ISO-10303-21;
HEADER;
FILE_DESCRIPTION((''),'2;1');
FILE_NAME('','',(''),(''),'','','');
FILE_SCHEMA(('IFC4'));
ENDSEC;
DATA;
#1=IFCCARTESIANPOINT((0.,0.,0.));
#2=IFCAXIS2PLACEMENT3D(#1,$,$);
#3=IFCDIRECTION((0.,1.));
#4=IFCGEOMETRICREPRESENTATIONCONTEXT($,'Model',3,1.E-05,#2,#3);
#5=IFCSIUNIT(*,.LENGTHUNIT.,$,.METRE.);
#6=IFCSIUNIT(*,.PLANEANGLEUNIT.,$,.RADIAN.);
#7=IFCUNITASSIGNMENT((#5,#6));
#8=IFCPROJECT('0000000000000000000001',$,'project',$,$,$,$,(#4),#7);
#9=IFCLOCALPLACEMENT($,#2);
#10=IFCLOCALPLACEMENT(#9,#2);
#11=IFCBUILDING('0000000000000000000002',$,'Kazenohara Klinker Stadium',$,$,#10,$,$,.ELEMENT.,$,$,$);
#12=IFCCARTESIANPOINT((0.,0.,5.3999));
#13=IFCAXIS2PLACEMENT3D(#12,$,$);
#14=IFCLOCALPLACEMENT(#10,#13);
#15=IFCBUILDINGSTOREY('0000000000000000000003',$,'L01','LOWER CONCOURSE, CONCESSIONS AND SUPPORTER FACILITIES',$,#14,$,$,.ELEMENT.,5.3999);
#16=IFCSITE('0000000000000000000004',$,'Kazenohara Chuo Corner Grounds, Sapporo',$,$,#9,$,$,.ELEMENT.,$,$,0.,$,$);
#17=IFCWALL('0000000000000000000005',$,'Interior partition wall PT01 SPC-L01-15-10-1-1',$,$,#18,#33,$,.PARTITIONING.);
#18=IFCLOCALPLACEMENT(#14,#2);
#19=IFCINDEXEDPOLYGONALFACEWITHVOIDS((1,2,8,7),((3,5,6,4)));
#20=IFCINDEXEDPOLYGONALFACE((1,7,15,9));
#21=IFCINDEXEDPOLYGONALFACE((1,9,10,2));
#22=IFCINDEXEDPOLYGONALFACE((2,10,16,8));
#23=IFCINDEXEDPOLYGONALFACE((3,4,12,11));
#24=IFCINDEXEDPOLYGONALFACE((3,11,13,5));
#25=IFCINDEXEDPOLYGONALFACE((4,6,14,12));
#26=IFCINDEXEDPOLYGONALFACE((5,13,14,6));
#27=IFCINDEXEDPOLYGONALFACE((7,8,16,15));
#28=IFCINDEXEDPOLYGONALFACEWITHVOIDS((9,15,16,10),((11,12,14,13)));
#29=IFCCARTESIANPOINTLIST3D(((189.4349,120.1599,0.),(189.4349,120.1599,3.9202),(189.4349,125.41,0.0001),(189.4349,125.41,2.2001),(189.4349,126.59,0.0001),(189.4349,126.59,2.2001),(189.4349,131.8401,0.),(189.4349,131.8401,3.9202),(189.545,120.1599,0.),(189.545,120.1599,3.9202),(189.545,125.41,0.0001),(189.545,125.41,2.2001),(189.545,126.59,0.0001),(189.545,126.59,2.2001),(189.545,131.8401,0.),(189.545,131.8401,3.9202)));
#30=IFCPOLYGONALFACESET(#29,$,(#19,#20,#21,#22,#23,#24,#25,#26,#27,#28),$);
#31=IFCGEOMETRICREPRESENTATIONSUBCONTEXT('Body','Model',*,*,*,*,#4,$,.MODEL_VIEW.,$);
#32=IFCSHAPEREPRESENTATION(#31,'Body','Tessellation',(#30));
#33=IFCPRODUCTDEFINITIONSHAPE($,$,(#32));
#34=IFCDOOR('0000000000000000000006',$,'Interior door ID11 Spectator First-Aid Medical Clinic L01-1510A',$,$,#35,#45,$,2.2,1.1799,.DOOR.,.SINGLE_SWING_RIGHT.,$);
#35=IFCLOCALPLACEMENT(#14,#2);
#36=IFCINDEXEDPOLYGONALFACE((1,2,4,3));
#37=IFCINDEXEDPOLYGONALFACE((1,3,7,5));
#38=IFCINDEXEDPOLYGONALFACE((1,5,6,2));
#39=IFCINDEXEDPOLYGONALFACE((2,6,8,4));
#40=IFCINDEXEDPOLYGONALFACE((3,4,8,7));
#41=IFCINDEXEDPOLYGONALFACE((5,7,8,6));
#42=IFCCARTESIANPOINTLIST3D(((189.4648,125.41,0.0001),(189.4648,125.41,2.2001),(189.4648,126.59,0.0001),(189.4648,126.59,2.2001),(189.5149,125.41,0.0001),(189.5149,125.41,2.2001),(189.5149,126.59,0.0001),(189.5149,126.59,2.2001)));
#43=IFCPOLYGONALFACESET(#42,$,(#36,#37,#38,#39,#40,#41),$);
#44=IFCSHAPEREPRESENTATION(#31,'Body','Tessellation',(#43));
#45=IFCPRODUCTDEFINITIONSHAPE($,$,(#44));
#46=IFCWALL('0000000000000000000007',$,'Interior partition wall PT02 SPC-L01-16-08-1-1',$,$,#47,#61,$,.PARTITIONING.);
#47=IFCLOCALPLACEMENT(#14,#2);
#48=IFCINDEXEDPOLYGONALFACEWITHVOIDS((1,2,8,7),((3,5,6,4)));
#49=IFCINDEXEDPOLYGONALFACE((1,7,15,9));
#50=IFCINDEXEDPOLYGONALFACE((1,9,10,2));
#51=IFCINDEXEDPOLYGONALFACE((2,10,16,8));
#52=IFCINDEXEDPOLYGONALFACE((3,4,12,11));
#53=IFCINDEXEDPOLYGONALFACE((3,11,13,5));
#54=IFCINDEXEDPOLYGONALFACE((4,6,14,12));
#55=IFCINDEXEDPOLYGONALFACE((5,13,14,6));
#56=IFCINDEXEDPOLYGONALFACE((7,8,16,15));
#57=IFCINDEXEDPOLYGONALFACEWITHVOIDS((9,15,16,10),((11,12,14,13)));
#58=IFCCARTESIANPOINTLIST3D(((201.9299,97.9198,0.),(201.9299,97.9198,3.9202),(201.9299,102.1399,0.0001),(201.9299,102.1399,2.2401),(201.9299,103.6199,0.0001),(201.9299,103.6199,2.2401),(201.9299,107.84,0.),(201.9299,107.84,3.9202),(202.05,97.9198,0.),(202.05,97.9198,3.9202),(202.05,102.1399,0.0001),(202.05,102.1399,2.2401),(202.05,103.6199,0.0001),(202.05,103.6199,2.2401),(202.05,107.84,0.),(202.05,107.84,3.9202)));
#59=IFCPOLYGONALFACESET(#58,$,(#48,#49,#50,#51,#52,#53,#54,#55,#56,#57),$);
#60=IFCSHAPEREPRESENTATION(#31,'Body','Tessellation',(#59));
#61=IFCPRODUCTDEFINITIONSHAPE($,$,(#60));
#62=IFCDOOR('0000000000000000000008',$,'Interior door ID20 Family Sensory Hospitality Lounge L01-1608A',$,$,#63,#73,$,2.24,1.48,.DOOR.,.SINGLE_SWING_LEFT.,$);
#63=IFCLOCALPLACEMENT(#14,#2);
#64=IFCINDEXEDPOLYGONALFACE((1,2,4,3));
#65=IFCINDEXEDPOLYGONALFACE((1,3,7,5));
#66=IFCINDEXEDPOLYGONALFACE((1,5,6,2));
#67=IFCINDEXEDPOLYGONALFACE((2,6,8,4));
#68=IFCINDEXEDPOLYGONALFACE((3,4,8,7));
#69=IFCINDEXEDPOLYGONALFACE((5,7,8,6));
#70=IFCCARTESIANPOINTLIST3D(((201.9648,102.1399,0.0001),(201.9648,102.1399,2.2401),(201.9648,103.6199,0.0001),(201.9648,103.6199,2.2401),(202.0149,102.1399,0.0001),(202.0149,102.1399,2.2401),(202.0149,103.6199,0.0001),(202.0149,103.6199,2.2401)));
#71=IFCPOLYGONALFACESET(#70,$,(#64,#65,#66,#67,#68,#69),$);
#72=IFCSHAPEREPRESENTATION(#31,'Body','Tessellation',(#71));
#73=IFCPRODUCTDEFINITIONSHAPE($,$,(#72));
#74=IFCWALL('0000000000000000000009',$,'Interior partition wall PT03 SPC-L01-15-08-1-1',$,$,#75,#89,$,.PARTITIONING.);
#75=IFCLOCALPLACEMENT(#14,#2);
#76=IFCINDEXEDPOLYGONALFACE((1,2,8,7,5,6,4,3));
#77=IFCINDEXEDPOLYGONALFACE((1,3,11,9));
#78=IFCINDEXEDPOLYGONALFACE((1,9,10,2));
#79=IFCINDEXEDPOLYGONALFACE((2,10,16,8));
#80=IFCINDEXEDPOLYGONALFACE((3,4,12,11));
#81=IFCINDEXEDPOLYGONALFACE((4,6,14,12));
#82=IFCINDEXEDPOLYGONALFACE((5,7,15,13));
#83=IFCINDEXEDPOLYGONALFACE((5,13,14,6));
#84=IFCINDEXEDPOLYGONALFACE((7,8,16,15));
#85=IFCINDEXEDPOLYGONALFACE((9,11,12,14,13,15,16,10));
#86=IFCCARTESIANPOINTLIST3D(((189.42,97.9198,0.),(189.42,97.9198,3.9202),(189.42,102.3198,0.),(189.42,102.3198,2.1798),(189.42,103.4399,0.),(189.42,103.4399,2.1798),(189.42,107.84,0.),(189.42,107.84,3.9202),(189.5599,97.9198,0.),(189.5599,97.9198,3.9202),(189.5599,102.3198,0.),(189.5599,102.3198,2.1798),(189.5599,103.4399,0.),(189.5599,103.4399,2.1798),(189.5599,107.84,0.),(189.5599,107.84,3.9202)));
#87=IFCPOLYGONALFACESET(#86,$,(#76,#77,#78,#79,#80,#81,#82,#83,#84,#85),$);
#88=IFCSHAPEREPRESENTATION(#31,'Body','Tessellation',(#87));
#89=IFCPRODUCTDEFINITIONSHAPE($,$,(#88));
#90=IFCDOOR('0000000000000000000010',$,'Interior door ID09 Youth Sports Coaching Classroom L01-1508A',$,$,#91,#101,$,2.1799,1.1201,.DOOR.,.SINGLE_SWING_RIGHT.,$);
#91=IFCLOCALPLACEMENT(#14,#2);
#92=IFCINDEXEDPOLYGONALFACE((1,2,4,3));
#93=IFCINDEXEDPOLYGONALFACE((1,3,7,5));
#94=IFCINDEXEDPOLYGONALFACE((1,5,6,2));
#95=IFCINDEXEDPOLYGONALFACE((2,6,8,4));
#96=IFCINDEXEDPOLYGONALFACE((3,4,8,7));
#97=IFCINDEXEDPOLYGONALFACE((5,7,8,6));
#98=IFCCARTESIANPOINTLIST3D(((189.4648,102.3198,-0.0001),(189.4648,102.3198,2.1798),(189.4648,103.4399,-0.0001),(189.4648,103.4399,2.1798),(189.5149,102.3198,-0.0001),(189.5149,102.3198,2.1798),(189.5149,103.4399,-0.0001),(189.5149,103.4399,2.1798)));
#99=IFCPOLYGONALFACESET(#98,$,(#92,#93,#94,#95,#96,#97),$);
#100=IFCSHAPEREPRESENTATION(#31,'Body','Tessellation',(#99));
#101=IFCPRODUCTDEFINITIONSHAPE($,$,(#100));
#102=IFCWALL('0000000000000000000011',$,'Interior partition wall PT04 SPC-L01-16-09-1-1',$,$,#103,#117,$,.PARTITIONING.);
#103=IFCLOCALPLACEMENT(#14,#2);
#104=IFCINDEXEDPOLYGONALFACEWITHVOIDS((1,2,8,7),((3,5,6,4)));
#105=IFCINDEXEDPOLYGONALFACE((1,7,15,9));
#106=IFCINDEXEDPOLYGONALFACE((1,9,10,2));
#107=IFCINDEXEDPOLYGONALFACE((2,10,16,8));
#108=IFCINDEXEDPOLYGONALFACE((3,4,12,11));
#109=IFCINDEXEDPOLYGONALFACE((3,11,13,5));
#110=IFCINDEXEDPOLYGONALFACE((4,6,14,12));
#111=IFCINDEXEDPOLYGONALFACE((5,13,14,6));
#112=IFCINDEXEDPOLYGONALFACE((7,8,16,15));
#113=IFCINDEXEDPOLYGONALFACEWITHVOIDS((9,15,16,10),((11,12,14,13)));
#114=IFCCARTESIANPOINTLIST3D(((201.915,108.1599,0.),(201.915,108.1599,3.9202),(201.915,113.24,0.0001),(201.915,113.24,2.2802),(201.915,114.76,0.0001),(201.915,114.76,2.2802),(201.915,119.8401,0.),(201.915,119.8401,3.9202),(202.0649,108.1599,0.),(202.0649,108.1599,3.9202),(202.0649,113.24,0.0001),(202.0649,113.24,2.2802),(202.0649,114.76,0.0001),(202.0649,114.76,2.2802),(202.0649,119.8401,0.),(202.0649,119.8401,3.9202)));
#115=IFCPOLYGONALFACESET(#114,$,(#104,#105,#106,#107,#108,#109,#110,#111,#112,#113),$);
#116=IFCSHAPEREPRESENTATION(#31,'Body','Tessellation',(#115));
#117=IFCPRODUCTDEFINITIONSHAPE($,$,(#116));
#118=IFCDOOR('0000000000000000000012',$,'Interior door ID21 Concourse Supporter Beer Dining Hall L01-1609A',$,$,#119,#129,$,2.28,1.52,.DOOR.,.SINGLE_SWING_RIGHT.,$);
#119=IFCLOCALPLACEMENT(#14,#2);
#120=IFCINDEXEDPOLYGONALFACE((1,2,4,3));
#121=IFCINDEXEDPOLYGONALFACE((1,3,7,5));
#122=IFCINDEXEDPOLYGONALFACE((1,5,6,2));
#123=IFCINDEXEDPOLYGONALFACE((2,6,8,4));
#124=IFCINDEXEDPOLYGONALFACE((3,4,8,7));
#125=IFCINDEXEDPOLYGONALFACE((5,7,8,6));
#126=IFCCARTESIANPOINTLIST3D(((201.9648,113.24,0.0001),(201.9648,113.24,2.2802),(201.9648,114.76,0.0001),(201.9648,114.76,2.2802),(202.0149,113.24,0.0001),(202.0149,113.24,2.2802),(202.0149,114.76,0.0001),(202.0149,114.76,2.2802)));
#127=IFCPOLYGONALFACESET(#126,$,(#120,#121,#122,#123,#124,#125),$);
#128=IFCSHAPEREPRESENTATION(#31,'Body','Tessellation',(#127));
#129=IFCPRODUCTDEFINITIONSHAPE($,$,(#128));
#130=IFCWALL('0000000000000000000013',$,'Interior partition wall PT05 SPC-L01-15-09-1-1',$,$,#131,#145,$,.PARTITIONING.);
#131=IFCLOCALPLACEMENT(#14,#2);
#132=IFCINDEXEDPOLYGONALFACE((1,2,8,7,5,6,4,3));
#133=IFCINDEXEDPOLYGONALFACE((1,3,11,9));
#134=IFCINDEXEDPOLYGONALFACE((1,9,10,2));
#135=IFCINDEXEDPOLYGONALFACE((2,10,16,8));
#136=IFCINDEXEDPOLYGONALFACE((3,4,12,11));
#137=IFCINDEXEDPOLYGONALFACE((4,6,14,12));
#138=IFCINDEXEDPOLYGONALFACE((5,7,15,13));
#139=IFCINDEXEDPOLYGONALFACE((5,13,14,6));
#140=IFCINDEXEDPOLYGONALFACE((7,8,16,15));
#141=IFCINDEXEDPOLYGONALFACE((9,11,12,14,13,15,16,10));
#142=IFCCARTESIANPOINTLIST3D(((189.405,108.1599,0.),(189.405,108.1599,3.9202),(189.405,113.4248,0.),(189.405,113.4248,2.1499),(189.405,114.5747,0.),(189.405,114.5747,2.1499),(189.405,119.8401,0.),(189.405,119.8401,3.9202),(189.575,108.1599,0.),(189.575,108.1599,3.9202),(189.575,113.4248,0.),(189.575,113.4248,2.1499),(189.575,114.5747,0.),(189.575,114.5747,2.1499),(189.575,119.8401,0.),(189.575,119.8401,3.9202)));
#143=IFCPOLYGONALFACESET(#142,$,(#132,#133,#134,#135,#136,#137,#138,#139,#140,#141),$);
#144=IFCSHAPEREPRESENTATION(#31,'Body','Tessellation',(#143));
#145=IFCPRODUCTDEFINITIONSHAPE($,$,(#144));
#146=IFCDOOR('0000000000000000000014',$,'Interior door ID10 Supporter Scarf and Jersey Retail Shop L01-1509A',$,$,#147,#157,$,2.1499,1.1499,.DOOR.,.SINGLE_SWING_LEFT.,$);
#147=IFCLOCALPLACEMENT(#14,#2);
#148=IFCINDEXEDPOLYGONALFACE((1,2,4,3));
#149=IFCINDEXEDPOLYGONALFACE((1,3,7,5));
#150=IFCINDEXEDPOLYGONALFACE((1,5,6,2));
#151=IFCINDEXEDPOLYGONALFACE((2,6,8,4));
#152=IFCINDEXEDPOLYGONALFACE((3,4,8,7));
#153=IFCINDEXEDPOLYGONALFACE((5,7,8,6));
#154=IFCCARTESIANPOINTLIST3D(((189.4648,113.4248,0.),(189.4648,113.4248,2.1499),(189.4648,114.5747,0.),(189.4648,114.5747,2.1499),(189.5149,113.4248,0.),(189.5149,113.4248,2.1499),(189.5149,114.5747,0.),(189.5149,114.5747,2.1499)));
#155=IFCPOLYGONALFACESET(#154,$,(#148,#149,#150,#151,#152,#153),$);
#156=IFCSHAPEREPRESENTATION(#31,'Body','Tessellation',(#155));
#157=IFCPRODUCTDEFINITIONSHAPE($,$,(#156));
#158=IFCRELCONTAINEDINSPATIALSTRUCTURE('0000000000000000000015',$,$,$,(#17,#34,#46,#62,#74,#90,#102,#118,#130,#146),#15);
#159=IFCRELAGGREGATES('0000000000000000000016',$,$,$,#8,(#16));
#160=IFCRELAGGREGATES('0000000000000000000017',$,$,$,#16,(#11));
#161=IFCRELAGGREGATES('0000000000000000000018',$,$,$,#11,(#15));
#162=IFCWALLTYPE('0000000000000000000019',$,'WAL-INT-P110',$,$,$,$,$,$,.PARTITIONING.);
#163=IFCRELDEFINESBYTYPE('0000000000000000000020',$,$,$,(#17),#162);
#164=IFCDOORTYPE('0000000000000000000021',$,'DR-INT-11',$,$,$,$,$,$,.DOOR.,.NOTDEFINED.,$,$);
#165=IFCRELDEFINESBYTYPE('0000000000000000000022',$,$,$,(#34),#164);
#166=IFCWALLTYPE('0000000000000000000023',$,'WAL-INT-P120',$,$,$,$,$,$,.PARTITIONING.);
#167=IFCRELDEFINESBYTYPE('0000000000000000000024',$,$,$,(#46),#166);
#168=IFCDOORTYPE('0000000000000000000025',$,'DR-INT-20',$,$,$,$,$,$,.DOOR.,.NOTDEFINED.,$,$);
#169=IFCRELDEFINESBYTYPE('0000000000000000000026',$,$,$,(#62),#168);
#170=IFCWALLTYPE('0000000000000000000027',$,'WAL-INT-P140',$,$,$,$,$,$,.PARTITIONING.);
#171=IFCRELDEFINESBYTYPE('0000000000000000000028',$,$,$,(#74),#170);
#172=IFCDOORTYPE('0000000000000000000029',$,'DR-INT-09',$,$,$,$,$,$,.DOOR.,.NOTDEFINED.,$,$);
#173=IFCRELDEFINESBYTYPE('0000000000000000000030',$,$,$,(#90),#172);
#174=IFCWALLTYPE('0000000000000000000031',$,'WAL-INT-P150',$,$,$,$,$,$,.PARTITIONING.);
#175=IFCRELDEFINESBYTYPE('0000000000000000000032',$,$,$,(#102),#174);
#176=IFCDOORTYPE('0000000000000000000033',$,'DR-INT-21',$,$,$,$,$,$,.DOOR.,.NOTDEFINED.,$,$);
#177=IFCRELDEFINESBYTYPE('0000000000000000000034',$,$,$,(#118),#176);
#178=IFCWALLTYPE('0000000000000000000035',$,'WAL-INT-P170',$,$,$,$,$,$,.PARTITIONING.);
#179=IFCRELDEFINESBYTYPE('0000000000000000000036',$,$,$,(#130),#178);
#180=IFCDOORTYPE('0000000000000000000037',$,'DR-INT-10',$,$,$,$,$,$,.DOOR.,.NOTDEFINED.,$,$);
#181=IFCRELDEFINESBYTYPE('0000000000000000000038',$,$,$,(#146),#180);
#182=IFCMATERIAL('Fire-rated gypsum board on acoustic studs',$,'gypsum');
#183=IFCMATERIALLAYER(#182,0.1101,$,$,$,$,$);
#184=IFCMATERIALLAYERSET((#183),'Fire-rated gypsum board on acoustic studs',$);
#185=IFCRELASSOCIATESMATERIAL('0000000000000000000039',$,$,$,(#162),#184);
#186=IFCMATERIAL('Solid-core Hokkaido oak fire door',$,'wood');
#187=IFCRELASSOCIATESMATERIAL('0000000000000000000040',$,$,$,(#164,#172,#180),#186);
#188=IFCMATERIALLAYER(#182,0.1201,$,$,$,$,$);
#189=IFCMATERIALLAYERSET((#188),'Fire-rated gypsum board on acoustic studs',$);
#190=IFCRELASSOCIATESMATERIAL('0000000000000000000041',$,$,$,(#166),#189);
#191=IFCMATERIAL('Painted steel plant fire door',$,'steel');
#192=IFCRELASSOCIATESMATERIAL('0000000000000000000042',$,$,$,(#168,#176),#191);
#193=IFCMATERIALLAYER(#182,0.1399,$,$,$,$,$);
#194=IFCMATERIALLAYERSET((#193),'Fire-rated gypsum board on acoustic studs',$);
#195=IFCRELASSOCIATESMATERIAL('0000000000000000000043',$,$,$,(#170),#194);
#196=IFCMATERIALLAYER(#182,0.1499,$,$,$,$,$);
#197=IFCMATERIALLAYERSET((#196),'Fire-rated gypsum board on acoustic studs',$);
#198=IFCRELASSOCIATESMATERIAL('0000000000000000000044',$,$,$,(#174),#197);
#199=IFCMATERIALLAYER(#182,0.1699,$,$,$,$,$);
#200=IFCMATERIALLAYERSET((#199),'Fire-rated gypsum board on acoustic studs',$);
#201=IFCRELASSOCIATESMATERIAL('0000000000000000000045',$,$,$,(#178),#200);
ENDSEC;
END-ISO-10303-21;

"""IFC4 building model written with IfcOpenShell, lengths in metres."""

from ifc_helpers import new_model, si_unit, direction, frame, frame_2d, origin, place, context, subcontext, project, spatial, rectangle, extrude, material, layer, layer_set, type_object, element, fill, save


model = new_model("IFC4")

# Units and contexts
model_context = context("Model", 3, precision=1e-05, world=origin(), true_north=direction((0.0, 1.0)))
body_context = subcontext(model_context, "Body", "Model", "MODEL_VIEW")
ifc_project = project(units=[si_unit("LENGTHUNIT", "METRE"), si_unit("PLANEANGLEUNIT", "RADIAN")], contexts=[model_context])

# Site, building, storey
site_placement = place(None, origin())
site = spatial("IfcSite", under=ifc_project, at=site_placement, Name="Kazenohara Chuo Corner Grounds, Sapporo", CompositionType="ELEMENT", RefElevation=0.0)
building_placement = place(site_placement, origin())
building = spatial("IfcBuilding", under=site, at=building_placement, Name="Kazenohara Klinker Stadium", CompositionType="ELEMENT")
storey_placement = place(building_placement, frame((0.0, 0.0, 5.3999)))
storey = spatial("IfcBuildingStorey", under=building, at=storey_placement, Name="L01", Description="LOWER CONCOURSE, CONCESSIONS AND SUPPORTER FACILITIES", CompositionType="ELEMENT", Elevation=5.3999)

# Walls, openings, doors
ifc_material_1 = material(Name="Fire-rated gypsum board on acoustic studs", Category="gypsum")
ifc_layer_1 = layer(ifc_material_1, 0.1101)
ifc_layer_set_1 = layer_set([ifc_layer_1], Name="Fire-rated gypsum board on acoustic studs")
wall_type_1 = type_object("IfcWallType", Name="WAL-INT-P110", PredefinedType="PARTITIONING", material=ifc_layer_set_1)
wall_1_placement = place(storey_placement, frame((189.49, 120.1599, 0.0), z_axis=(0.0, 0.0, 1.0), x_axis=(0.0, 1.0, 0.0)))
wall_1 = element("IfcWall", 1, at=wall_1_placement, inside=storey, type_object=wall_type_1, Name="Interior partition wall PT01 SPC-L01-15-10-1-1", PredefinedType="PARTITIONING", context=body_context, shape_type="SweptSolid", body=[
    extrude(rectangle(XDim=11.6802, YDim=0.1101, at=frame_2d((5.8401, 0.0))), origin(), (0.0, 0.0, 1.0), 3.9202),
])
opening_1_placement = place(wall_1_placement, frame((6.4299, 0.0, 0.0), z_axis=(0.0, 0.0, 1.0), x_axis=(-1.0, 0.0, 0.0)))
opening_1 = element("IfcOpeningElement", 2, at=opening_1_placement, cuts=wall_1, PredefinedType="OPENING", context=body_context, shape_type="SweptSolid", body=[
    extrude(rectangle(XDim=1.1799, YDim=2.2, at=frame_2d((0.5898, 1.1001))), frame((0.0, 0.0649, 0.0), z_axis=(0.0, -1.0, 0.0), x_axis=(1.0, 0.0, 0.0)), (0.0, 0.0, 1.0), 0.1301),
])
ifc_material_2 = material(Name="Solid-core Hokkaido oak fire door", Category="wood")
door_type_1 = type_object("IfcDoorType", Name="DR-INT-11", OperationType="NOTDEFINED", PredefinedType="DOOR", material=ifc_material_2)
door_1_placement = place(opening_1_placement, origin())
door_1 = element("IfcDoor", 3, at=door_1_placement, inside=storey, type_object=door_type_1, Name="Interior door ID11 Spectator First-Aid Medical Clinic L01-1510A", OperationType="SINGLE_SWING_RIGHT", OverallHeight=2.2, OverallWidth=1.1799, PredefinedType="DOOR", context=body_context, shape_type="SweptSolid", body=[
    extrude(rectangle(XDim=1.1799, YDim=2.2, at=frame_2d((0.5898, 1.1001))), frame((0.0, 0.0249, 0.0), z_axis=(0.0, -1.0, 0.0), x_axis=(1.0, 0.0, 0.0)), (0.0, 0.0, 1.0), 0.05),
])
fill(opening_1, door_1)
ifc_layer_2 = layer(ifc_material_1, 0.1201)
ifc_layer_set_2 = layer_set([ifc_layer_2], Name="Fire-rated gypsum board on acoustic studs")
wall_type_2 = type_object("IfcWallType", Name="WAL-INT-P120", PredefinedType="PARTITIONING", material=ifc_layer_set_2)
wall_2_placement = place(storey_placement, frame((201.99, 97.9199, 0.0), z_axis=(0.0, 0.0, 1.0), x_axis=(0.0, 1.0, 0.0)))
wall_2 = element("IfcWall", 4, at=wall_2_placement, inside=storey, type_object=wall_type_2, Name="Interior partition wall PT02 SPC-L01-16-08-1-1", PredefinedType="PARTITIONING", context=body_context, shape_type="SweptSolid", body=[
    extrude(rectangle(XDim=9.9202, YDim=0.1201, at=frame_2d((4.96, 0.0))), origin(), (0.0, 0.0, 1.0), 3.9202),
])
opening_2_placement = place(wall_2_placement, frame((5.7, 0.0, 0.0), z_axis=(0.0, 0.0, 1.0), x_axis=(-1.0, 0.0, 0.0)))
opening_2 = element("IfcOpeningElement", 5, at=opening_2_placement, cuts=wall_2, PredefinedType="OPENING", context=body_context, shape_type="SweptSolid", body=[
    extrude(rectangle(XDim=1.48, YDim=2.24, at=frame_2d((0.74, 1.1201))), frame((0.0, 0.0701, 0.0), z_axis=(0.0, -1.0, 0.0), x_axis=(1.0, 0.0, 0.0)), (0.0, 0.0, 1.0), 0.1401),
])
ifc_material_3 = material(Name="Painted steel plant fire door", Category="steel")
door_type_2 = type_object("IfcDoorType", Name="DR-INT-20", OperationType="NOTDEFINED", PredefinedType="DOOR", material=ifc_material_3)
door_2_placement = place(opening_2_placement, origin())
door_2 = element("IfcDoor", 6, at=door_2_placement, inside=storey, type_object=door_type_2, Name="Interior door ID20 Family Sensory Hospitality Lounge L01-1608A", OperationType="SINGLE_SWING_LEFT", OverallHeight=2.24, OverallWidth=1.48, PredefinedType="DOOR", context=body_context, shape_type="SweptSolid", body=[
    extrude(rectangle(XDim=1.48, YDim=2.24, at=frame_2d((0.74, 1.1201))), frame((0.0, 0.0249, 0.0), z_axis=(0.0, -1.0, 0.0), x_axis=(1.0, 0.0, 0.0)), (0.0, 0.0, 1.0), 0.05),
])
fill(opening_2, door_2)
ifc_layer_3 = layer(ifc_material_1, 0.1399)
ifc_layer_set_3 = layer_set([ifc_layer_3], Name="Fire-rated gypsum board on acoustic studs")
wall_type_3 = type_object("IfcWallType", Name="WAL-INT-P140", PredefinedType="PARTITIONING", material=ifc_layer_set_3)
wall_3_placement = place(storey_placement, frame((189.49, 97.9199, 0.0), z_axis=(0.0, 0.0, 1.0), x_axis=(0.0, 1.0, 0.0)))
wall_3 = element("IfcWall", 7, at=wall_3_placement, inside=storey, type_object=wall_type_3, Name="Interior partition wall PT03 SPC-L01-15-08-1-1", PredefinedType="PARTITIONING", context=body_context, shape_type="SweptSolid", body=[
    extrude(rectangle(XDim=9.9202, YDim=0.1399, at=frame_2d((4.96, 0.0))), origin(), (0.0, 0.0, 1.0), 3.9202),
])
opening_3_placement = place(wall_3_placement, frame((5.52, 0.0, 0.0), z_axis=(0.0, 0.0, 1.0), x_axis=(-1.0, 0.0, 0.0)))
opening_3 = element("IfcOpeningElement", 8, at=opening_3_placement, cuts=wall_3, PredefinedType="OPENING", context=body_context, shape_type="SweptSolid", body=[
    extrude(rectangle(XDim=1.1201, YDim=2.1799, at=frame_2d((0.5601, 1.0898))), frame((0.0, 0.0801, 0.0), z_axis=(0.0, -1.0, 0.0), x_axis=(1.0, 0.0, 0.0)), (0.0, 0.0, 1.0), 0.1599),
])
door_type_3 = type_object("IfcDoorType", Name="DR-INT-09", OperationType="NOTDEFINED", PredefinedType="DOOR", material=ifc_material_2)
door_3_placement = place(opening_3_placement, origin())
door_3 = element("IfcDoor", 9, at=door_3_placement, inside=storey, type_object=door_type_3, Name="Interior door ID09 Youth Sports Coaching Classroom L01-1508A", OperationType="SINGLE_SWING_RIGHT", OverallHeight=2.1799, OverallWidth=1.1201, PredefinedType="DOOR", context=body_context, shape_type="SweptSolid", body=[
    extrude(rectangle(XDim=1.1201, YDim=2.1799, at=frame_2d((0.5601, 1.0898))), frame((0.0, 0.0249, 0.0), z_axis=(0.0, -1.0, 0.0), x_axis=(1.0, 0.0, 0.0)), (0.0, 0.0, 1.0), 0.05),
])
fill(opening_3, door_3)
ifc_layer_4 = layer(ifc_material_1, 0.1499)
ifc_layer_set_4 = layer_set([ifc_layer_4], Name="Fire-rated gypsum board on acoustic studs")
wall_type_4 = type_object("IfcWallType", Name="WAL-INT-P150", PredefinedType="PARTITIONING", material=ifc_layer_set_4)
wall_4_placement = place(storey_placement, frame((201.99, 108.1599, 0.0), z_axis=(0.0, 0.0, 1.0), x_axis=(0.0, 1.0, 0.0)))
wall_4 = element("IfcWall", 10, at=wall_4_placement, inside=storey, type_object=wall_type_4, Name="Interior partition wall PT04 SPC-L01-16-09-1-1", PredefinedType="PARTITIONING", context=body_context, shape_type="SweptSolid", body=[
    extrude(rectangle(XDim=11.6802, YDim=0.1499, at=frame_2d((5.8401, 0.0))), origin(), (0.0, 0.0, 1.0), 3.9202),
])
opening_4_placement = place(wall_4_placement, frame((6.6001, 0.0, 0.0), z_axis=(0.0, 0.0, 1.0), x_axis=(-1.0, 0.0, 0.0)))
opening_4 = element("IfcOpeningElement", 11, at=opening_4_placement, cuts=wall_4, PredefinedType="OPENING", context=body_context, shape_type="SweptSolid", body=[
    extrude(rectangle(XDim=1.52, YDim=2.28, at=frame_2d((0.76, 1.1401))), frame((0.0, 0.085, 0.0), z_axis=(0.0, -1.0, 0.0), x_axis=(1.0, 0.0, 0.0)), (0.0, 0.0, 1.0), 0.1699),
])
door_type_4 = type_object("IfcDoorType", Name="DR-INT-21", OperationType="NOTDEFINED", PredefinedType="DOOR", material=ifc_material_3)
door_4_placement = place(opening_4_placement, origin())
door_4 = element("IfcDoor", 12, at=door_4_placement, inside=storey, type_object=door_type_4, Name="Interior door ID21 Concourse Supporter Beer Dining Hall L01-1609A", OperationType="SINGLE_SWING_RIGHT", OverallHeight=2.28, OverallWidth=1.52, PredefinedType="DOOR", context=body_context, shape_type="SweptSolid", body=[
    extrude(rectangle(XDim=1.52, YDim=2.28, at=frame_2d((0.76, 1.1401))), frame((0.0, 0.0249, 0.0), z_axis=(0.0, -1.0, 0.0), x_axis=(1.0, 0.0, 0.0)), (0.0, 0.0, 1.0), 0.05),
])
fill(opening_4, door_4)
ifc_layer_5 = layer(ifc_material_1, 0.1699)
ifc_layer_set_5 = layer_set([ifc_layer_5], Name="Fire-rated gypsum board on acoustic studs")
wall_type_5 = type_object("IfcWallType", Name="WAL-INT-P170", PredefinedType="PARTITIONING", material=ifc_layer_set_5)
wall_5_placement = place(storey_placement, frame((189.49, 108.1599, 0.0), z_axis=(0.0, 0.0, 1.0), x_axis=(0.0, 1.0, 0.0)))
wall_5 = element("IfcWall", 13, at=wall_5_placement, inside=storey, type_object=wall_type_5, Name="Interior partition wall PT05 SPC-L01-15-09-1-1", PredefinedType="PARTITIONING", context=body_context, shape_type="SweptSolid", body=[
    extrude(rectangle(XDim=11.6802, YDim=0.1699, at=frame_2d((5.8401, 0.0))), origin(), (0.0, 0.0, 1.0), 3.9202),
])
opening_5_placement = place(wall_5_placement, frame((6.4148, 0.0, 0.0), z_axis=(0.0, 0.0, 1.0), x_axis=(-1.0, 0.0, 0.0)))
opening_5 = element("IfcOpeningElement", 14, at=opening_5_placement, cuts=wall_5, PredefinedType="OPENING", context=body_context, shape_type="SweptSolid", body=[
    extrude(rectangle(XDim=1.1499, YDim=2.1499, at=frame_2d((0.575, 1.075))), frame((0.0, 0.095, 0.0), z_axis=(0.0, -1.0, 0.0), x_axis=(1.0, 0.0, 0.0)), (0.0, 0.0, 1.0), 0.1899),
])
door_type_5 = type_object("IfcDoorType", Name="DR-INT-10", OperationType="NOTDEFINED", PredefinedType="DOOR", material=ifc_material_2)
door_5_placement = place(opening_5_placement, origin())
door_5 = element("IfcDoor", 15, at=door_5_placement, inside=storey, type_object=door_type_5, Name="Interior door ID10 Supporter Scarf and Jersey Retail Shop L01-1509A", OperationType="SINGLE_SWING_LEFT", OverallHeight=2.1499, OverallWidth=1.1499, PredefinedType="DOOR", context=body_context, shape_type="SweptSolid", body=[
    extrude(rectangle(XDim=1.1499, YDim=2.1499, at=frame_2d((0.575, 1.075))), frame((0.0, 0.0249, 0.0), z_axis=(0.0, -1.0, 0.0), x_axis=(1.0, 0.0, 0.0)), (0.0, 0.0, 1.0), 0.05),
])
fill(opening_5, door_5)

save(model, "model.ifc")
